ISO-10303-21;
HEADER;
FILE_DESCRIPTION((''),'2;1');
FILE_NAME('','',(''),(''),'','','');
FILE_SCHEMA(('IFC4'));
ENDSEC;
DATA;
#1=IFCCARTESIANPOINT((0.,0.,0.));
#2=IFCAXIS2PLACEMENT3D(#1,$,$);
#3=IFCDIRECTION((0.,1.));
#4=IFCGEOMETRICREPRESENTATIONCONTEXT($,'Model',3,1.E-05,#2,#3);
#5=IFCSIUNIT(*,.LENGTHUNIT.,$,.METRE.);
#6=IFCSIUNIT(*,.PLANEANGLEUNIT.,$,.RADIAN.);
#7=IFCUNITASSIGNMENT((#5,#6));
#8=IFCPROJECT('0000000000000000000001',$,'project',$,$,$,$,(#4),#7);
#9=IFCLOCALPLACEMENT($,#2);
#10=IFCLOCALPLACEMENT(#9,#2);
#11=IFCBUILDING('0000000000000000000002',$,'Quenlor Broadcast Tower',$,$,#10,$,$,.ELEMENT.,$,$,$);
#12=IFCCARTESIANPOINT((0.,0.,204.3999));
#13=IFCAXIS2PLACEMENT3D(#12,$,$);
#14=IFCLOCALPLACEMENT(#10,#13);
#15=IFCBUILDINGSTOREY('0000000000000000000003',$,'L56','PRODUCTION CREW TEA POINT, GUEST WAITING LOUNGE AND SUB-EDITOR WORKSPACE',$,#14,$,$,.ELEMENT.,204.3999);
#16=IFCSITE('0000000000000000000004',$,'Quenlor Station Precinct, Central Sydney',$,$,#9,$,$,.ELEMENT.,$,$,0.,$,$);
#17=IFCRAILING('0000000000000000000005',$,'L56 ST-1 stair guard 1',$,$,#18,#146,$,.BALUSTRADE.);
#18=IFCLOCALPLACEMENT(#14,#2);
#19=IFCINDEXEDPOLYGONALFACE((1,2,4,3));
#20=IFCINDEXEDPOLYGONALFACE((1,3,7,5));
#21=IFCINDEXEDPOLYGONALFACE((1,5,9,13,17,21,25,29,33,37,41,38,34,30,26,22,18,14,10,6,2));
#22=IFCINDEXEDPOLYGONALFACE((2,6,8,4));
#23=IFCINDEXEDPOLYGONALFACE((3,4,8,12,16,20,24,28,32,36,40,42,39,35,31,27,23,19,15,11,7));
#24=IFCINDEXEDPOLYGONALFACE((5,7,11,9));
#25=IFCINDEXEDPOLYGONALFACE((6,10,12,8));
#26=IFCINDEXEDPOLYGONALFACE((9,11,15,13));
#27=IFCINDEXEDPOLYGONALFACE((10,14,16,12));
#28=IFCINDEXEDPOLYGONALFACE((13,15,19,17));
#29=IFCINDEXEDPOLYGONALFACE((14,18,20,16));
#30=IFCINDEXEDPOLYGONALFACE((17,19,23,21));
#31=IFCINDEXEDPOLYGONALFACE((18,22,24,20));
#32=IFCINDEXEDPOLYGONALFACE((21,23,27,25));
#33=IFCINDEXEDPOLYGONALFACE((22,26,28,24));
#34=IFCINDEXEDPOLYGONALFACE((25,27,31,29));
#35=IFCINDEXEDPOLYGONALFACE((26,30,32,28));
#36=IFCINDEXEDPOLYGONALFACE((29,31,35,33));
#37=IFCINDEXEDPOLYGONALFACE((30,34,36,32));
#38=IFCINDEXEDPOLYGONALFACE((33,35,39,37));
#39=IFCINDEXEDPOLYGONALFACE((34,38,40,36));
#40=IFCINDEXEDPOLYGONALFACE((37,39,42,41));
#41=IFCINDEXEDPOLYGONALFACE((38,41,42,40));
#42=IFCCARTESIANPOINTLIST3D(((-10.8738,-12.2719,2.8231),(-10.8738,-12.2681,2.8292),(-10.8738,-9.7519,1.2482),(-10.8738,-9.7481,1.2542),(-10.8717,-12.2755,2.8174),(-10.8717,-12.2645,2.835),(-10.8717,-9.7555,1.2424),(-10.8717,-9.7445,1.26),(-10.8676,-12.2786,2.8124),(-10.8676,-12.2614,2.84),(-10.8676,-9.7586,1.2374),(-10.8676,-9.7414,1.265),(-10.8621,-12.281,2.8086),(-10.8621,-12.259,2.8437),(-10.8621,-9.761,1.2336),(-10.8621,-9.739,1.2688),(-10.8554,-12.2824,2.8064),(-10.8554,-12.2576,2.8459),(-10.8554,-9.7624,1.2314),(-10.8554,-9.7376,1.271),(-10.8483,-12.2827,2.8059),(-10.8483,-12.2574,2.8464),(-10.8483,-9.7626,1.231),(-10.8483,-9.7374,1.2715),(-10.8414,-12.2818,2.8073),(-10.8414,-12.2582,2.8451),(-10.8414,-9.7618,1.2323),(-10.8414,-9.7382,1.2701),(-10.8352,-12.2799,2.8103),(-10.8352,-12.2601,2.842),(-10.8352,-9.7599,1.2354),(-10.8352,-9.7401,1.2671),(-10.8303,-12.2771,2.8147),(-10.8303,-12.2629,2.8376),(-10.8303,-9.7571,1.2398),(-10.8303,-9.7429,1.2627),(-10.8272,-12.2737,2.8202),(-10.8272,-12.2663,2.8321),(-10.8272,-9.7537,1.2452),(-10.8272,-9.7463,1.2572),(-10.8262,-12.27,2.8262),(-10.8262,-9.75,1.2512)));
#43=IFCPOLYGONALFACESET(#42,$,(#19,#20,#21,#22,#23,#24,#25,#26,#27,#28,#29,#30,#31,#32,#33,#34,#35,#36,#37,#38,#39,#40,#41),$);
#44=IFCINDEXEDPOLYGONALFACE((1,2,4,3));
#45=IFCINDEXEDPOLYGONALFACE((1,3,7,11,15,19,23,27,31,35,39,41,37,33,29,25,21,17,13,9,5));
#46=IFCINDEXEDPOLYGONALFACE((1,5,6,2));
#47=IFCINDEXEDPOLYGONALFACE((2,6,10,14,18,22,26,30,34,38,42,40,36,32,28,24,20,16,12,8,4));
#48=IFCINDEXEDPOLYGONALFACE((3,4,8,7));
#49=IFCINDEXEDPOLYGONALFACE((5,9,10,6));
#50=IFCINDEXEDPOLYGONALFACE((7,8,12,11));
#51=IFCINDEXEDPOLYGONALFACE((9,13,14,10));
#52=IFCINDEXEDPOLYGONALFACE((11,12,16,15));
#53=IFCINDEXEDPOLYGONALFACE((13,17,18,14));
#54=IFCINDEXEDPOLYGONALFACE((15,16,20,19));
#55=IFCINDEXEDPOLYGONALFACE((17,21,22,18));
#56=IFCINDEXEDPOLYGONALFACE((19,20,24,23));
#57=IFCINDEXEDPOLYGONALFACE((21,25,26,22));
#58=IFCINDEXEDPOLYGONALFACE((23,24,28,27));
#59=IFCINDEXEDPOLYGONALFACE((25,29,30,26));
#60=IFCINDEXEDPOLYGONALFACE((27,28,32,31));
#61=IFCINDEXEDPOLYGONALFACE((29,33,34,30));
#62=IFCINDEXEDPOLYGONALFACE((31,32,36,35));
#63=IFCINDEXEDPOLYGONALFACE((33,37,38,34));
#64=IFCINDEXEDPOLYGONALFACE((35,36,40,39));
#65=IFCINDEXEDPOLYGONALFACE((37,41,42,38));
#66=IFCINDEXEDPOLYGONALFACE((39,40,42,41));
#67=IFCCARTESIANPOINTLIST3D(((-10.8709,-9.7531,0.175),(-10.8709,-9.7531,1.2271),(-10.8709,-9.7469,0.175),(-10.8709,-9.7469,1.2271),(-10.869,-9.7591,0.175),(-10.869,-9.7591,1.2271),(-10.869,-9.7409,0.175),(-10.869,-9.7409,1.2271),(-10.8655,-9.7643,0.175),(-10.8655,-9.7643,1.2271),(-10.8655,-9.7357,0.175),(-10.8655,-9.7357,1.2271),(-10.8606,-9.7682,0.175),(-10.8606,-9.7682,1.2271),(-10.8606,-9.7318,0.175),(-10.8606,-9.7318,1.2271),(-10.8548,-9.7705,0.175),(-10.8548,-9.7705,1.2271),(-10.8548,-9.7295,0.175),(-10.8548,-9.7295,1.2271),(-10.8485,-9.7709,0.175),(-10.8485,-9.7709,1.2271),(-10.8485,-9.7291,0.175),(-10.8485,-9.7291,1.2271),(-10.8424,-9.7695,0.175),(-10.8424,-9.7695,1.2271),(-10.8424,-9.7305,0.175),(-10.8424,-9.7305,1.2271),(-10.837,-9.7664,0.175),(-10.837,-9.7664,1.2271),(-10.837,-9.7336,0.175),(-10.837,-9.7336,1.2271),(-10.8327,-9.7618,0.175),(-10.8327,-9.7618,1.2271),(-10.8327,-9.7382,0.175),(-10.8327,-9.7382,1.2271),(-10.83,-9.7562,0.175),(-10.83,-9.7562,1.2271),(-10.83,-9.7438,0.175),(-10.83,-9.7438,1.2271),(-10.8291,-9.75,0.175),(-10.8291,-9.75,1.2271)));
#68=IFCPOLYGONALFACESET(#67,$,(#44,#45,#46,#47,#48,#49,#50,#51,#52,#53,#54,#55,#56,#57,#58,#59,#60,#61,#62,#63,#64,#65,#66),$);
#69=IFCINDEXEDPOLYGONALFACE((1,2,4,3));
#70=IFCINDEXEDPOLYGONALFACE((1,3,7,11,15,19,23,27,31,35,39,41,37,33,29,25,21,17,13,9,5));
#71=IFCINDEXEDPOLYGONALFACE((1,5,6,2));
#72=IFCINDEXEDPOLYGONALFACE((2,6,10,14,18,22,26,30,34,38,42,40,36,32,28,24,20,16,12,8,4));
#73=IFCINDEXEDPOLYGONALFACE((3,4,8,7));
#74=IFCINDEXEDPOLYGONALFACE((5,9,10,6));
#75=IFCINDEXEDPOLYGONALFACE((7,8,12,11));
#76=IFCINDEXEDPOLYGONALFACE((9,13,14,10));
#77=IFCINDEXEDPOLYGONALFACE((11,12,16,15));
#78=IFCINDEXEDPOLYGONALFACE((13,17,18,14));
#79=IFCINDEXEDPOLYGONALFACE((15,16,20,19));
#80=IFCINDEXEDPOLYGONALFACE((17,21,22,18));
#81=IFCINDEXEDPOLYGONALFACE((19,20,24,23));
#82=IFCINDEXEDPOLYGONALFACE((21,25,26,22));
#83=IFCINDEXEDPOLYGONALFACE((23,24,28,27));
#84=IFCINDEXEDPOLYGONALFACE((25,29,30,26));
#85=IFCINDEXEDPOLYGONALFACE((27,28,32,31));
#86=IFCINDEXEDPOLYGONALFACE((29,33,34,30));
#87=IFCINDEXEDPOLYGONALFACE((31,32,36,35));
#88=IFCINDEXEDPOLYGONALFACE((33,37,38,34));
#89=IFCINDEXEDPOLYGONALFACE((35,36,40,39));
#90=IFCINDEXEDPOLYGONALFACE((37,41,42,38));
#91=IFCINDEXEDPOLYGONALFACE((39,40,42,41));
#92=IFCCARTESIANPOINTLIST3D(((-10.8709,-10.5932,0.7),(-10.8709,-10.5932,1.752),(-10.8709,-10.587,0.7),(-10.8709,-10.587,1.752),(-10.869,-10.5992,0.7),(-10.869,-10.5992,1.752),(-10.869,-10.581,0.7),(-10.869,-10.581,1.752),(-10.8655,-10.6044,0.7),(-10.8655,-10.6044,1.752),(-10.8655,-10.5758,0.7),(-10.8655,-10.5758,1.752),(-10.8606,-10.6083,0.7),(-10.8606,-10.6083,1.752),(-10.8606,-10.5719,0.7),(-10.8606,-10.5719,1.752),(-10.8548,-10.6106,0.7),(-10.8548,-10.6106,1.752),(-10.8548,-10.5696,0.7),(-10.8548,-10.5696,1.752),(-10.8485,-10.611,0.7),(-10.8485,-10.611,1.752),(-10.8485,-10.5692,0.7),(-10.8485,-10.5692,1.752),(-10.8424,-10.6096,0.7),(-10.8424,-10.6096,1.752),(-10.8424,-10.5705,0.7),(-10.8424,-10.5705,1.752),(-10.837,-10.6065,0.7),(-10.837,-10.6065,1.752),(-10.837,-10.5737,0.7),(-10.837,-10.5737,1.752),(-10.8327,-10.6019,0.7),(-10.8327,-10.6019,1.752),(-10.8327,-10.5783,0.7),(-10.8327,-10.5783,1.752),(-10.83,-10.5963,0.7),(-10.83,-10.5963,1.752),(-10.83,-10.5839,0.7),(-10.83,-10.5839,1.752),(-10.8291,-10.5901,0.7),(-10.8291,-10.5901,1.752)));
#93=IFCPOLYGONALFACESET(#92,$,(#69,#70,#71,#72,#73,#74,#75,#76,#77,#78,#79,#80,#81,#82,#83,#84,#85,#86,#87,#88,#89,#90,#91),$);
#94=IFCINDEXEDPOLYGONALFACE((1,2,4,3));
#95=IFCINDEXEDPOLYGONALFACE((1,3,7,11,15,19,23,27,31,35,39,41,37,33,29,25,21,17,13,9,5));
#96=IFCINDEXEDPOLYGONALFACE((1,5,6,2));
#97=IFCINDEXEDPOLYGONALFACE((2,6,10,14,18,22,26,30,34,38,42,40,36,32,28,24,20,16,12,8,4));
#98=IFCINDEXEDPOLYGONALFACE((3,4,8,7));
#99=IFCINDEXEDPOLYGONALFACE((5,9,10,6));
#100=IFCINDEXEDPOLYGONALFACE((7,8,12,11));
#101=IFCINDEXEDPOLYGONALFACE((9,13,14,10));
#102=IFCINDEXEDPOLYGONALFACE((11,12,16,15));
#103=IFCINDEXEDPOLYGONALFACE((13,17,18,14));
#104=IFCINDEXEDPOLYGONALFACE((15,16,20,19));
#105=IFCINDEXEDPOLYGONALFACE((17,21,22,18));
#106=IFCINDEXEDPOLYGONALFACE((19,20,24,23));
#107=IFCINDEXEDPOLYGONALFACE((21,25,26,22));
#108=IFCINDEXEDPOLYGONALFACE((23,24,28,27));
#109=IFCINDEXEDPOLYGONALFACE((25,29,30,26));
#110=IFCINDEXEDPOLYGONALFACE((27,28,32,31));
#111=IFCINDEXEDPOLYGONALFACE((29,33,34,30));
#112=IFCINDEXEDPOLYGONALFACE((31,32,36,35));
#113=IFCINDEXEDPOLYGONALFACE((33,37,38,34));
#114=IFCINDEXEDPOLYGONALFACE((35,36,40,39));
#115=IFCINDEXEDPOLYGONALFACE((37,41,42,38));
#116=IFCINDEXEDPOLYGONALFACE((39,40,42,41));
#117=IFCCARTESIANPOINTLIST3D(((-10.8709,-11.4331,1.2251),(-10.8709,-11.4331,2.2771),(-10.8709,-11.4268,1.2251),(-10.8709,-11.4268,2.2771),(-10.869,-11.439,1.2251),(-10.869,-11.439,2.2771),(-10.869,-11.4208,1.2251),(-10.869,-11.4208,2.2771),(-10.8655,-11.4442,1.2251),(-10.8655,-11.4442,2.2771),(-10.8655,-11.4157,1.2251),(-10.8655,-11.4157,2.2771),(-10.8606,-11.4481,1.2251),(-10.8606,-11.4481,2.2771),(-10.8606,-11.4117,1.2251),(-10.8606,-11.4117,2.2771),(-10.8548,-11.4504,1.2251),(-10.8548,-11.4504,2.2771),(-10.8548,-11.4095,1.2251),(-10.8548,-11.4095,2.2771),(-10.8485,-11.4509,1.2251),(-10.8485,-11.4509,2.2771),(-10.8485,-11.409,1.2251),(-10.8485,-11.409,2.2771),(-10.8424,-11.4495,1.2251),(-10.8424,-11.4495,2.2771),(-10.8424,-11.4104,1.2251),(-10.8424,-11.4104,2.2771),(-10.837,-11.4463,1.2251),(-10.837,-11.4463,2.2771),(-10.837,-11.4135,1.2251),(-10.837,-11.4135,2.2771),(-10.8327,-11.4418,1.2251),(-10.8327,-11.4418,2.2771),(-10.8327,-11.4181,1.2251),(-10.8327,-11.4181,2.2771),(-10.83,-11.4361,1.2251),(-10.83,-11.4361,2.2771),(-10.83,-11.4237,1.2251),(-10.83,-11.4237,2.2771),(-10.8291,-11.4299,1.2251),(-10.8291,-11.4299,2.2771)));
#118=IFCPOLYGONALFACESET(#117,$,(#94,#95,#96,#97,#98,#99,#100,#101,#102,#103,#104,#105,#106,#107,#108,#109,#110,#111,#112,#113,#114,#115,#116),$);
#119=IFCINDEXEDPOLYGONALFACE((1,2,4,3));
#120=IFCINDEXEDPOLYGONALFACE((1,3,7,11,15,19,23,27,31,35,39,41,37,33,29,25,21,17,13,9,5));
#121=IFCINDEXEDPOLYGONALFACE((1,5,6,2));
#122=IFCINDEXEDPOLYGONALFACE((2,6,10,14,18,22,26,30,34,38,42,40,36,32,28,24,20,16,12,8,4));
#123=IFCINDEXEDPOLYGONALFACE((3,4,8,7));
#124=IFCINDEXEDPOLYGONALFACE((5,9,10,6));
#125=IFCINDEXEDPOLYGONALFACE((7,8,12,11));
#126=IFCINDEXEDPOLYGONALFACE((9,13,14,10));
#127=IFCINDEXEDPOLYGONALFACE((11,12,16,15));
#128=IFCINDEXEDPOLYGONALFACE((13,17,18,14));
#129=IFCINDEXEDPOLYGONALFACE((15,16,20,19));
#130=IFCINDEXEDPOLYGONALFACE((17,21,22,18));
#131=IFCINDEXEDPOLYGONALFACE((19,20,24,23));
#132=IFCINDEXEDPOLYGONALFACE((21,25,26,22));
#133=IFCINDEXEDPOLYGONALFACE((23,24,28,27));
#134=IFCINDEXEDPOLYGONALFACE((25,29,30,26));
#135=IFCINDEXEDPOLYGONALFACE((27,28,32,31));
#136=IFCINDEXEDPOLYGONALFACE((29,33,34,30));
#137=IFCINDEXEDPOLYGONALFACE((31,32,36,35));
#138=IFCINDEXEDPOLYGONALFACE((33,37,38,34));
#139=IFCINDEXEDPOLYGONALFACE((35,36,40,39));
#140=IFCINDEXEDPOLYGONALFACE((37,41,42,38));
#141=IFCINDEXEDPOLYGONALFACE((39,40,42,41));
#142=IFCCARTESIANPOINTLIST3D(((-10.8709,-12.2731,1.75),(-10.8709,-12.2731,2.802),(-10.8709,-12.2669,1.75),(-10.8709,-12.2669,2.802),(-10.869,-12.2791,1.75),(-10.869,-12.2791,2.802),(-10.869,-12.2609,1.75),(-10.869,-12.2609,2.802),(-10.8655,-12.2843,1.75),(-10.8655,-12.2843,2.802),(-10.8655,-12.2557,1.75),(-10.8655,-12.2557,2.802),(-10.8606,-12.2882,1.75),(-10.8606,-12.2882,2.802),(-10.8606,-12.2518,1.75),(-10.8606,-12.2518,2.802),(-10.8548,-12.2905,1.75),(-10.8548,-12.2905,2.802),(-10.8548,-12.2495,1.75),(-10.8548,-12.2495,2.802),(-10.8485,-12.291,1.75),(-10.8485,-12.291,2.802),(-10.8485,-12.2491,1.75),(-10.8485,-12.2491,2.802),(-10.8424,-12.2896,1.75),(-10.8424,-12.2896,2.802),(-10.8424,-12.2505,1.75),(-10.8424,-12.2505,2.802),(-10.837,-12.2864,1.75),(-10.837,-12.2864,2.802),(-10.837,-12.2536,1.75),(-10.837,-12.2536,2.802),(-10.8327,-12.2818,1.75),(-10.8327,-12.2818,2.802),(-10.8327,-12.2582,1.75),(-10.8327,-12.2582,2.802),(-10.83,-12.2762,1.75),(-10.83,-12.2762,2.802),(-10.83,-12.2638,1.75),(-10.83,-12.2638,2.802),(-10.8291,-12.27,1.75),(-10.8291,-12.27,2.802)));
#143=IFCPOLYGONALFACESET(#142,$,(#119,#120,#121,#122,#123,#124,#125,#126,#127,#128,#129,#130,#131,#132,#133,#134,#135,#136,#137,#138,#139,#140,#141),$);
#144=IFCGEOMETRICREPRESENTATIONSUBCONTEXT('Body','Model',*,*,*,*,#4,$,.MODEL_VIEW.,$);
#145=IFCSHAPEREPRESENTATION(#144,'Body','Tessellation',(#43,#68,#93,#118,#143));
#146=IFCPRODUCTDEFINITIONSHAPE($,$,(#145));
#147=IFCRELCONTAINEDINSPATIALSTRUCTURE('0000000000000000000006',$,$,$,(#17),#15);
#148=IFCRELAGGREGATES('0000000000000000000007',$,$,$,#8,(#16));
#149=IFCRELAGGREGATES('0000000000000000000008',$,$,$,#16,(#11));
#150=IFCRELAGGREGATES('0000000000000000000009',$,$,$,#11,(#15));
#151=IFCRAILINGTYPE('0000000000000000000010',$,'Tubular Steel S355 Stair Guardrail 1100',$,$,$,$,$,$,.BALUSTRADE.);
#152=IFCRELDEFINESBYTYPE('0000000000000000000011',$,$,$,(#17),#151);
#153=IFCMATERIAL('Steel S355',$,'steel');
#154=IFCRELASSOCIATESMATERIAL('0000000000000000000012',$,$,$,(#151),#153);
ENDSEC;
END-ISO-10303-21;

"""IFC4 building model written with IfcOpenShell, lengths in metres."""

from ifc_helpers import new_model, si_unit, direction, frame, origin, origin_2d, place, context, subcontext, project, spatial, circle, extrude, material, type_object, element, save


model = new_model("IFC4")

# Units and contexts
model_context = context("Model", 3, precision=1e-05, world=origin(), true_north=direction((0.0, 1.0)))
body_context = subcontext(model_context, "Body", "Model", "MODEL_VIEW")
ifc_project = project(units=[si_unit("LENGTHUNIT", "METRE"), si_unit("PLANEANGLEUNIT", "RADIAN")], contexts=[model_context])

# Site, building, storey
site_placement = place(None, origin())
site = spatial("IfcSite", under=ifc_project, at=site_placement, Name="Quenlor Station Precinct, Central Sydney", CompositionType="ELEMENT", RefElevation=0.0)
building_placement = place(site_placement, origin())
building = spatial("IfcBuilding", under=site, at=building_placement, Name="Quenlor Broadcast Tower", CompositionType="ELEMENT")
storey_placement = place(building_placement, frame((0.0, 0.0, 204.3999)))
storey = spatial("IfcBuildingStorey", under=building, at=storey_placement, Name="L56", Description="PRODUCTION CREW TEA POINT, GUEST WAITING LOUNGE AND SUB-EDITOR WORKSPACE", CompositionType="ELEMENT", Elevation=204.3999)

# Railing
ifc_material_1 = material(Name="Steel S355", Category="steel")
railing_type_1 = type_object("IfcRailingType", Name="Tubular Steel S355 Stair Guardrail 1100", PredefinedType="BALUSTRADE", material=ifc_material_1)
railing_1_placement = place(storey_placement, frame((-10.8501, -9.75, 0.175)))
element("IfcRailing", 1, at=railing_1_placement, inside=storey, type_object=railing_type_1, Name="L56 ST-1 stair guard 1", PredefinedType="BALUSTRADE", context=body_context, shape_type="SweptSolid", body=[
    extrude(circle(Radius=0.0239, at=origin_2d()), frame((0.0, 0.0, 1.0762), z_axis=(0.0, -0.848008, 0.529984), x_axis=(1.0, 0.0, 0.0)), (0.0, 0.0, 1.0), 2.9717),
    extrude(circle(Radius=0.021, at=origin_2d()), origin(), (0.0, 0.0, 1.0), 1.052),
    extrude(circle(Radius=0.021, at=origin_2d()), frame((0.0, -0.8401, 0.5249)), (0.0, 0.0, 1.0), 1.052),
    extrude(circle(Radius=0.021, at=origin_2d()), frame((0.0, -1.6799, 1.05)), (0.0, 0.0, 1.0), 1.052),
    extrude(circle(Radius=0.021, at=origin_2d()), frame((0.0, -2.52, 1.575)), (0.0, 0.0, 1.0), 1.052),
])

save(model, "model.ifc")
